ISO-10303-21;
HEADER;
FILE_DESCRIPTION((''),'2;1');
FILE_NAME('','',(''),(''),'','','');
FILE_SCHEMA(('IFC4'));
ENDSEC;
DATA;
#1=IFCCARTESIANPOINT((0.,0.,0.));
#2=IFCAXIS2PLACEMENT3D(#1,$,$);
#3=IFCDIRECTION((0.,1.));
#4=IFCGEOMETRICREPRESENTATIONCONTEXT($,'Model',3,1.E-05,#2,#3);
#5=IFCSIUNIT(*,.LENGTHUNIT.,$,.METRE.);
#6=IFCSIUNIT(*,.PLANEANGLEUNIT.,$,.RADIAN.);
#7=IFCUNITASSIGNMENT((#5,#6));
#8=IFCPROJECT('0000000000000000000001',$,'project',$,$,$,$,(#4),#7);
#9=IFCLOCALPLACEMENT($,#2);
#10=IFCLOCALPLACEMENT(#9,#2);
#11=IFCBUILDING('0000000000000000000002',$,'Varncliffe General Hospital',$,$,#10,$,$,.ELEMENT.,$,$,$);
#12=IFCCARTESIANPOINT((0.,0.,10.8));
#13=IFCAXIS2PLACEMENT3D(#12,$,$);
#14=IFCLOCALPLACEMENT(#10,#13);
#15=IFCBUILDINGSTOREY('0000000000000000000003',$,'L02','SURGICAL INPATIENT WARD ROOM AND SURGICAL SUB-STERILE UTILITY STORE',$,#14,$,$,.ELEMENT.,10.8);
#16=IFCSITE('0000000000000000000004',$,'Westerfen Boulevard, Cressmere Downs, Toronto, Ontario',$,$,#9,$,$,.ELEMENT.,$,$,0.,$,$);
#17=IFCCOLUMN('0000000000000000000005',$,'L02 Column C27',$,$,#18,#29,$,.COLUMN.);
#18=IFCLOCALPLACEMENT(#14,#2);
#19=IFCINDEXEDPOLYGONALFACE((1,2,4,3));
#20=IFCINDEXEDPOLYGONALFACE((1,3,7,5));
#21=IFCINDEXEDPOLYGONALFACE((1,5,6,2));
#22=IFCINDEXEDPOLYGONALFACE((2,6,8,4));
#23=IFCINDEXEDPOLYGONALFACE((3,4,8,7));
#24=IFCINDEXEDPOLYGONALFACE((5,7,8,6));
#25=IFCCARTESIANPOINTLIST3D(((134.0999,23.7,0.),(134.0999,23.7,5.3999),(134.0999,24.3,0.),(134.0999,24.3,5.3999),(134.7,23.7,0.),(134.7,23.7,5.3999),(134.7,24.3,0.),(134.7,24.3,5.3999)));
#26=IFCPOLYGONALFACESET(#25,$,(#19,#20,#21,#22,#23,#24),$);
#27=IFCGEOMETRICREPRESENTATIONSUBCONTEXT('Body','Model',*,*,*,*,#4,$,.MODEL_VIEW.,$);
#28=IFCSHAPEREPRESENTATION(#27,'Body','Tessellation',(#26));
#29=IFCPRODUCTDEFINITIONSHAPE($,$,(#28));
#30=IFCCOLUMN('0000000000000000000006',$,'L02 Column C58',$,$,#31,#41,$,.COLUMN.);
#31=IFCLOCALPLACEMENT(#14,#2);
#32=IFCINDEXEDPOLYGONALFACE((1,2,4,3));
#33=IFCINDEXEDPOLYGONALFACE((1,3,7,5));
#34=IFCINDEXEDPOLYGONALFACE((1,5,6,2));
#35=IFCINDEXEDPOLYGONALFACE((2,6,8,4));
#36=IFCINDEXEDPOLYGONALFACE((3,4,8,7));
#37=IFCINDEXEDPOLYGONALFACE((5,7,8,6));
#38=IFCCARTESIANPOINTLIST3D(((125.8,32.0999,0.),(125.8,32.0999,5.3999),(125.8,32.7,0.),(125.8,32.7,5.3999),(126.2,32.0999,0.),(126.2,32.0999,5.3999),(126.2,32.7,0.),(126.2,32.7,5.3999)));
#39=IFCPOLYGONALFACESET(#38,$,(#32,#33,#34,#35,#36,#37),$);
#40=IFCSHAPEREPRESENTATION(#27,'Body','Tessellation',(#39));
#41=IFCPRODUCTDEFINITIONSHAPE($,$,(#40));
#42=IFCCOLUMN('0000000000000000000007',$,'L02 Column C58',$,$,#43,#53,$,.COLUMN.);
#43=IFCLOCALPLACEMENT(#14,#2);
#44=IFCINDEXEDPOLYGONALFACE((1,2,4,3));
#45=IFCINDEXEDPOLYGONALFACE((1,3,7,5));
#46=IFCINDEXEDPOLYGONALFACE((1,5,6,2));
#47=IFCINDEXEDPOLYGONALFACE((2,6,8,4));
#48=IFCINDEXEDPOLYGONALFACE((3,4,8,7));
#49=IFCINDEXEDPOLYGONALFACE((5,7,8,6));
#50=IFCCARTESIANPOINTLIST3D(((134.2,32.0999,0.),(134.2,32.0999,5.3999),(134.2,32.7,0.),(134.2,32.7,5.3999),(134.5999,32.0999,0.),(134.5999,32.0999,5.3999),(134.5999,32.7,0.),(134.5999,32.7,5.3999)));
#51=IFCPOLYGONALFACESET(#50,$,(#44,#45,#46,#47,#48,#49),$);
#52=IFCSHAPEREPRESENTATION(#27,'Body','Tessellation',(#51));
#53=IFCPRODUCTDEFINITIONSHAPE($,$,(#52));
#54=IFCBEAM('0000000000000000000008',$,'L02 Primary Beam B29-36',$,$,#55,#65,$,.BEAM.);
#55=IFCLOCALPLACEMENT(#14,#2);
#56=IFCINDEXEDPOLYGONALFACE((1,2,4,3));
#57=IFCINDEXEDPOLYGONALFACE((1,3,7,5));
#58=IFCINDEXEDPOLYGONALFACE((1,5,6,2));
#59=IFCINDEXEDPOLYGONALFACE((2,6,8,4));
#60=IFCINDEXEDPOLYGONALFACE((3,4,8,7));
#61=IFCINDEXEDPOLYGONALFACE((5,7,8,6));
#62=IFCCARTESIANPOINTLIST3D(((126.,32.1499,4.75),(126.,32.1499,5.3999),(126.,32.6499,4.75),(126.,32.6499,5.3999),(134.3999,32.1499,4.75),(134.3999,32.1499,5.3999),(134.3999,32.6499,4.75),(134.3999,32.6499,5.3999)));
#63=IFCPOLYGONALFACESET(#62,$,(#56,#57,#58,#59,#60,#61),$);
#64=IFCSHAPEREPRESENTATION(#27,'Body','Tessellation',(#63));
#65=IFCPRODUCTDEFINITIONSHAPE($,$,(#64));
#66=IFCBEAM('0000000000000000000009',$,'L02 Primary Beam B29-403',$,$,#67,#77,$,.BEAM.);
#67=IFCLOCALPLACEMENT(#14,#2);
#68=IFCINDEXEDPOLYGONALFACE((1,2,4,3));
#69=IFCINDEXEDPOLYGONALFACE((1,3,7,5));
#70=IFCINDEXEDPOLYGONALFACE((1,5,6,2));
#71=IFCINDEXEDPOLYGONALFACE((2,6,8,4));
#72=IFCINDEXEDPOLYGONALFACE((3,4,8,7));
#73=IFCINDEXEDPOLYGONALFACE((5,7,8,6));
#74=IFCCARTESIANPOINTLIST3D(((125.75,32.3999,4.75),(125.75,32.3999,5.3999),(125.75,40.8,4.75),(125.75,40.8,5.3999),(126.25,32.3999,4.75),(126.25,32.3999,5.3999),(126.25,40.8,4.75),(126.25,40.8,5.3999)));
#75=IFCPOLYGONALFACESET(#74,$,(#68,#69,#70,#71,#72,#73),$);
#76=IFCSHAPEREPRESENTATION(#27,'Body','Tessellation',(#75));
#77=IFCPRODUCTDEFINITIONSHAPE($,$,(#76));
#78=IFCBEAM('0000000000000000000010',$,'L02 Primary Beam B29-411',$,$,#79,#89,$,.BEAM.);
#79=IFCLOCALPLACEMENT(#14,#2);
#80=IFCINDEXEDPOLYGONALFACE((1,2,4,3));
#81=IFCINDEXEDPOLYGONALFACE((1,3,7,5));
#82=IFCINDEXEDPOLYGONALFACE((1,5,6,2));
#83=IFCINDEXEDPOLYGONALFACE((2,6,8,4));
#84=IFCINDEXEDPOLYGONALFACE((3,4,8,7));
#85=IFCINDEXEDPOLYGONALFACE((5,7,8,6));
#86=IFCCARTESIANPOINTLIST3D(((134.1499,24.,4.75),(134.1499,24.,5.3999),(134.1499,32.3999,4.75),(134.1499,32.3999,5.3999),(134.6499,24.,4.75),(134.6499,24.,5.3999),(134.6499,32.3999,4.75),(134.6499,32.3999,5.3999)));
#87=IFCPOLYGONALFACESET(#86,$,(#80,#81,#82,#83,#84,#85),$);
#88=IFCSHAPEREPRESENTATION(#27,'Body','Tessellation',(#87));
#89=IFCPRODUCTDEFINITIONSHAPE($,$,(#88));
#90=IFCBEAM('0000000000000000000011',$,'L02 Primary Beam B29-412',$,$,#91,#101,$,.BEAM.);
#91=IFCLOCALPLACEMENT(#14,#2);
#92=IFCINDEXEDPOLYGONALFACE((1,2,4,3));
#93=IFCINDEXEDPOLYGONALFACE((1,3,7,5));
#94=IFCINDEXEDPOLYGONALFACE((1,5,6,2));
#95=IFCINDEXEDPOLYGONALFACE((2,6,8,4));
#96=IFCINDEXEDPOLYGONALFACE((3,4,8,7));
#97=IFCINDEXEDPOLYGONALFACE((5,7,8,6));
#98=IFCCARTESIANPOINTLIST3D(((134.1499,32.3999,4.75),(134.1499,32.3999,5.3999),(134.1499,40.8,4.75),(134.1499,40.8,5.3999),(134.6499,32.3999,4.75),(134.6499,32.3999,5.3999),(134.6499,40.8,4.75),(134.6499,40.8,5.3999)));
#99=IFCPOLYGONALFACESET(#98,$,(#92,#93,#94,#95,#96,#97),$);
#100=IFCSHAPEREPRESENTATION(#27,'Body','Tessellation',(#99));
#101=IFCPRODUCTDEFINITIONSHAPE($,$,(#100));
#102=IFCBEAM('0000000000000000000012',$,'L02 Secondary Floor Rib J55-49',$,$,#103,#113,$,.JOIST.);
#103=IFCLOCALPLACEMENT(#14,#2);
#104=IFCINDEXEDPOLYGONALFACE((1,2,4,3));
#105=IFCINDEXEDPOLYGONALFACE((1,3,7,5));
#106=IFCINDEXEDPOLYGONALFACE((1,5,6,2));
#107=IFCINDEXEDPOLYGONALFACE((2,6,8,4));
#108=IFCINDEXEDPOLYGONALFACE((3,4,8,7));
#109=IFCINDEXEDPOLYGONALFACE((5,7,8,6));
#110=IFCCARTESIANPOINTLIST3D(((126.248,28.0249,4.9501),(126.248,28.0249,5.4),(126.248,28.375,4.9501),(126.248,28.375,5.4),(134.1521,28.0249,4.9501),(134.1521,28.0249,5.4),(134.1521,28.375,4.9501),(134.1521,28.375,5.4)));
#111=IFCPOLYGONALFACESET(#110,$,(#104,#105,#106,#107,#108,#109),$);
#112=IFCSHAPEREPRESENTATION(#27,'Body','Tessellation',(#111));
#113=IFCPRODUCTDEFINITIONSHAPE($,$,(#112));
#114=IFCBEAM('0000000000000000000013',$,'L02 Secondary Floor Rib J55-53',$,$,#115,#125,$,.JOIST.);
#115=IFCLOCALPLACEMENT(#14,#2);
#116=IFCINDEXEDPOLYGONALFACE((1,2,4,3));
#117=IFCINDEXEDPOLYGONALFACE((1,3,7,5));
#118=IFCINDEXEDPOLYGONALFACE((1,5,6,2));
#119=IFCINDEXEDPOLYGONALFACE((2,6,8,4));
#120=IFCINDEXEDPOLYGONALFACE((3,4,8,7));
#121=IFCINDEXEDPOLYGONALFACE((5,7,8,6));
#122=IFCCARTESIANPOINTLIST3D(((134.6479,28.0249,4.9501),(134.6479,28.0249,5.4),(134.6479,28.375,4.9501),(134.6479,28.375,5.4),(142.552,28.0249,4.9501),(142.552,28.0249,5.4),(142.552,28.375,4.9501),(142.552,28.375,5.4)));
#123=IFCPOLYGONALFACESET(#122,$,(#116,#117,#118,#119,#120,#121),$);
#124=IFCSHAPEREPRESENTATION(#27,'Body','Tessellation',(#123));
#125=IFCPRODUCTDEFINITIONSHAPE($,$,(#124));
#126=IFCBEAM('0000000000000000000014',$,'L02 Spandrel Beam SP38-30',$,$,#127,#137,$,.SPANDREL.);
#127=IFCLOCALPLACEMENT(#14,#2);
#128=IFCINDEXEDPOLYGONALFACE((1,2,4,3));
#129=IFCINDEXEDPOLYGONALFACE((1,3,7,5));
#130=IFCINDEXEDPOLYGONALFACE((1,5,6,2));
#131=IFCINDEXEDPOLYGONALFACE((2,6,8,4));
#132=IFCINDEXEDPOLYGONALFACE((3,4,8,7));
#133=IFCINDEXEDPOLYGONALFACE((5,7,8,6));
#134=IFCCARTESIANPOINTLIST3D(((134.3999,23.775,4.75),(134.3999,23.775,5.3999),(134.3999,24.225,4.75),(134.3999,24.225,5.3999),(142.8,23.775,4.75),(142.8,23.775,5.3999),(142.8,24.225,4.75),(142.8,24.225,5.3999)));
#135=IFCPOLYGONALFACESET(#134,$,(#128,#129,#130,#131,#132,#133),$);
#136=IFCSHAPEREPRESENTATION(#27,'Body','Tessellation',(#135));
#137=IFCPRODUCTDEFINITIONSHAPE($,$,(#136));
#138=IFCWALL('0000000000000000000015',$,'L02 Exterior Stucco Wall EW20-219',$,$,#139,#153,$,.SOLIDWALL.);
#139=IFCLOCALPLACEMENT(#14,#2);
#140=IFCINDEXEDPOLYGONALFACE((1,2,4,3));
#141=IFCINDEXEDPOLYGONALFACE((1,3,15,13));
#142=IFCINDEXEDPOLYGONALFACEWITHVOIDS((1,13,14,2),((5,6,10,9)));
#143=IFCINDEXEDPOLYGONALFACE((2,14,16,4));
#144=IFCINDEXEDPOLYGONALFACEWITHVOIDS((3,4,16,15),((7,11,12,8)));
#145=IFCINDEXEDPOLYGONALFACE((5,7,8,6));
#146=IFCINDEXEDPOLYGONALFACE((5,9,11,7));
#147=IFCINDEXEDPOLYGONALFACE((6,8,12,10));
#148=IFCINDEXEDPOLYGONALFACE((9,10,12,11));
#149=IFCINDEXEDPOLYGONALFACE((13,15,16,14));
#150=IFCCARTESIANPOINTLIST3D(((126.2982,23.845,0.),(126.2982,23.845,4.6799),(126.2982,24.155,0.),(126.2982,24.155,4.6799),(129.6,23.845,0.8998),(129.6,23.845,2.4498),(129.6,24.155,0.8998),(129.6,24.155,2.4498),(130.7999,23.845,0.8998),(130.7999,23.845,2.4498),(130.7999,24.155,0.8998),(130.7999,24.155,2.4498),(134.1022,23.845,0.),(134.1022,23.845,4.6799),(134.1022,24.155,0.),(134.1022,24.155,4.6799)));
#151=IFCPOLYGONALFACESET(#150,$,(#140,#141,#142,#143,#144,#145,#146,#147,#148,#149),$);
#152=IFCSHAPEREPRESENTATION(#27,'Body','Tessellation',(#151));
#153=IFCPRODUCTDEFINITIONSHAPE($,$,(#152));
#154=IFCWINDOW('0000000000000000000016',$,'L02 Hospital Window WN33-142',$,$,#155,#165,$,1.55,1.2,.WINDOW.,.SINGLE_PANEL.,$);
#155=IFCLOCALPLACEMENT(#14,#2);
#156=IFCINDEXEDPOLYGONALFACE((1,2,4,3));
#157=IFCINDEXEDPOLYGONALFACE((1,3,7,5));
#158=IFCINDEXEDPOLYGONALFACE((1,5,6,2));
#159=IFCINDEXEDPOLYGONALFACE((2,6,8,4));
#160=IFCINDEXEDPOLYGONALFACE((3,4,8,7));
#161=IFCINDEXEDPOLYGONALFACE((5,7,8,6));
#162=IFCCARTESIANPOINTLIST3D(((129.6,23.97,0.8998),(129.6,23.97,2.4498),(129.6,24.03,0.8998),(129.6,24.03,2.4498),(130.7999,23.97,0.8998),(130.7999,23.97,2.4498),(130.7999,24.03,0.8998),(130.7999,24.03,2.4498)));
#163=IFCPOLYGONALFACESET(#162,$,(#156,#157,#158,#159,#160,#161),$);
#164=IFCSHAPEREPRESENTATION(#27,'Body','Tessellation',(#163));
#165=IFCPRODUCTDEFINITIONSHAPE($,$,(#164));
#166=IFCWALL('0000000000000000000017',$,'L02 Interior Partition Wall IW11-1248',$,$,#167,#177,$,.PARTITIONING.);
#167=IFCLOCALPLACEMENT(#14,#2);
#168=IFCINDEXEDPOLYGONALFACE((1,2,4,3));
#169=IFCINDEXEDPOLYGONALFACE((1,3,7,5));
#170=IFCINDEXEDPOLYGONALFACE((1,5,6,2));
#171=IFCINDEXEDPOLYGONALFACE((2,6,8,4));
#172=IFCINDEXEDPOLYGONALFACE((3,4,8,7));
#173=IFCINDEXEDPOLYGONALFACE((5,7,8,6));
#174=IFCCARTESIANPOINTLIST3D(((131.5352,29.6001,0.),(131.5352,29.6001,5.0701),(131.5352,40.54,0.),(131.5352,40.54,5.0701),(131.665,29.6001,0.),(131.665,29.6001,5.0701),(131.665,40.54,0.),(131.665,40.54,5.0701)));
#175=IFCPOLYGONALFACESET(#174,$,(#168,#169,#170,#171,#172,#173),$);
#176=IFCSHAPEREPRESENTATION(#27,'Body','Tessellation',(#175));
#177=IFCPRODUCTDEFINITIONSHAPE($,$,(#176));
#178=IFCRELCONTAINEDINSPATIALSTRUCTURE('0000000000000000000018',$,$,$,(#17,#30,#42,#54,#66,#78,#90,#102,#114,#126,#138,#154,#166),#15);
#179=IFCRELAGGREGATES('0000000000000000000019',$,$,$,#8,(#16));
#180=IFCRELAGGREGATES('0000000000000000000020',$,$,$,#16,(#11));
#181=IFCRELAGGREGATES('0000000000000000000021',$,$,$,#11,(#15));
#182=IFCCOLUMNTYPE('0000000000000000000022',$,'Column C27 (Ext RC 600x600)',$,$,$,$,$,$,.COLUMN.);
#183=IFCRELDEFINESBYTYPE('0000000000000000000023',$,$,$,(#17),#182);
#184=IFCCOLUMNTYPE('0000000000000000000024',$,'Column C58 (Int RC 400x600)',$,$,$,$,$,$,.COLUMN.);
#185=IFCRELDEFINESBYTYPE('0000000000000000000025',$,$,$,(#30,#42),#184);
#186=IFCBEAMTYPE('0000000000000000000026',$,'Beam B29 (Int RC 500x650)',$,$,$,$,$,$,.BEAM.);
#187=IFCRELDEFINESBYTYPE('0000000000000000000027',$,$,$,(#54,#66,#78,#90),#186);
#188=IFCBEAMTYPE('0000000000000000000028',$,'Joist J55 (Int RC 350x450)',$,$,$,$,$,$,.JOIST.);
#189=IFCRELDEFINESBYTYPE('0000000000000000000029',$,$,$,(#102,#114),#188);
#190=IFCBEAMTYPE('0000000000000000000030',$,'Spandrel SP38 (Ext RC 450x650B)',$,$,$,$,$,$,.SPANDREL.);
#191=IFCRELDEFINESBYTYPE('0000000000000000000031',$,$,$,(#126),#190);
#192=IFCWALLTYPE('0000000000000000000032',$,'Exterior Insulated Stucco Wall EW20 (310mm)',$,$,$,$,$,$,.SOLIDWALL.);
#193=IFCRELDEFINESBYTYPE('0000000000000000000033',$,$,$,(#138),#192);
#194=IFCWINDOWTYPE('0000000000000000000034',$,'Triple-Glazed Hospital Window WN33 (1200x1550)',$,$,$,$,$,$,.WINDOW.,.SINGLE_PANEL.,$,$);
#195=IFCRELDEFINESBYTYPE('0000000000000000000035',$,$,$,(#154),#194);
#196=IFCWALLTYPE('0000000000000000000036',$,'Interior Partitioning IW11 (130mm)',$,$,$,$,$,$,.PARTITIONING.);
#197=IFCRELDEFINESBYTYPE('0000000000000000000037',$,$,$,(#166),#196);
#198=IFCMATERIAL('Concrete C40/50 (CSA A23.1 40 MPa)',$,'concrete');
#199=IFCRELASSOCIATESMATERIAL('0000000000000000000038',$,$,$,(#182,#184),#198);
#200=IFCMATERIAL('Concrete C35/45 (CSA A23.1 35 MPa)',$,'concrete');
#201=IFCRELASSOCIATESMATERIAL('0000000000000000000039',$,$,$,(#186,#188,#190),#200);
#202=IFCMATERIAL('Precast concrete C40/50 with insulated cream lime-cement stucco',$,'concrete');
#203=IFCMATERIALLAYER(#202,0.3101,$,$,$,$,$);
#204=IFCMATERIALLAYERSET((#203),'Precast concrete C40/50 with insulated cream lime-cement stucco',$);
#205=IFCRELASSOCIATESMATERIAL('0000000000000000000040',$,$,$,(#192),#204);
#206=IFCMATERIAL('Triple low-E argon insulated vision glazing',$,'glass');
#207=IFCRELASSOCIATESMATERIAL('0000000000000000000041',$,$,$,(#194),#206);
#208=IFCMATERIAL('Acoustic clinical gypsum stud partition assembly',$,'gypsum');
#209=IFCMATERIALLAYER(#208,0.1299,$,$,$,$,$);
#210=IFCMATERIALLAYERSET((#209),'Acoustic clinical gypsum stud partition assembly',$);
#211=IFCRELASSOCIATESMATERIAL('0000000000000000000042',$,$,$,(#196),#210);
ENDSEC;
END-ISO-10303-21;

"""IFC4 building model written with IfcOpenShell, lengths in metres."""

from ifc_helpers import new_model, si_unit, direction, frame, frame_2d, origin, origin_2d, place, context, subcontext, project, spatial, rectangle, extrude, material, layer, layer_set, material_profile, profile_set, type_object, element, fill, save


model = new_model("IFC4")

# Units and contexts
model_context = context("Model", 3, precision=1e-05, world=origin(), true_north=direction((0.0, 1.0)))
body_context = subcontext(model_context, "Body", "Model", "MODEL_VIEW")
ifc_project = project(units=[si_unit("LENGTHUNIT", "METRE"), si_unit("PLANEANGLEUNIT", "RADIAN")], contexts=[model_context])

# Site, building, storey
site_placement = place(None, origin())
site = spatial("IfcSite", under=ifc_project, at=site_placement, Name="Westerfen Boulevard, Cressmere Downs, Toronto, Ontario", CompositionType="ELEMENT", RefElevation=0.0)
building_placement = place(site_placement, origin())
building = spatial("IfcBuilding", under=site, at=building_placement, Name="Varncliffe General Hospital", CompositionType="ELEMENT")
storey_placement = place(building_placement, frame((0.0, 0.0, 10.8)))
storey = spatial("IfcBuildingStorey", under=building, at=storey_placement, Name="L02", Description="SURGICAL INPATIENT WARD ROOM AND SURGICAL SUB-STERILE UTILITY STORE", CompositionType="ELEMENT", Elevation=10.8)

# Columns
ifc_material_1 = material(Name="Concrete C40/50 (CSA A23.1 40 MPa)", Category="concrete")
ifc_material_profile_1 = material_profile(ifc_material_1, rectangle(XDim=0.6001, YDim=0.6001, at=origin_2d()), Name="RC 600x600")
ifc_profile_set_1 = profile_set([ifc_material_profile_1], Name="Concrete C40/50 (CSA A23.1 40 MPa)")
column_type_1 = type_object("IfcColumnType", Name="Column C27 (Ext RC 600x600)", PredefinedType="COLUMN", material=ifc_profile_set_1)
column_placement = place(storey_placement, frame((134.3999, 24.0, 0.0), z_axis=(0.0, 0.0, 1.0), x_axis=(1.0, 0.0, 0.0)))
element("IfcColumn", 1, at=column_placement, inside=storey, type_object=column_type_1, Name="L02 Column C27", PredefinedType="COLUMN", context=body_context, shape_type="SweptSolid", body=[
    extrude(rectangle(XDim=0.6001, YDim=0.6001, at=origin_2d()), origin(), (0.0, 0.0, 1.0), 5.3999),
])
ifc_material_profile_2 = material_profile(ifc_material_1, rectangle(XDim=0.3999, YDim=0.6001, at=origin_2d()), Name="RC 400x600")
ifc_profile_set_2 = profile_set([ifc_material_profile_2], Name="Concrete C40/50 (CSA A23.1 40 MPa)")
column_type_2 = type_object("IfcColumnType", Name="Column C58 (Int RC 400x600)", PredefinedType="COLUMN", material=ifc_profile_set_2)
for number, where, z_axis, x_axis, name in (
    (2, (126.0, 32.3999, 0.0), (0.0, 0.0, 1.0), (1.0, 0.0, 0.0), "L02 Column C58"),
    (3, (134.3999, 32.3999, 0.0), (0.0, 0.0, 1.0), (1.0, 0.0, 0.0), "L02 Column C58"),
):
    element("IfcColumn", number, at=place(storey_placement, frame(where, z_axis=z_axis, x_axis=x_axis)), inside=storey, type_object=column_type_2, Name=name, PredefinedType="COLUMN", context=body_context, shape_type="SweptSolid", body=[
        extrude(rectangle(XDim=0.3999, YDim=0.6001, at=origin_2d()), origin(), (0.0, 0.0, 1.0), 5.3999),
    ])

# Beams
ifc_material_2 = material(Name="Concrete C35/45 (CSA A23.1 35 MPa)", Category="concrete")
ifc_material_profile_3 = material_profile(ifc_material_2, rectangle(XDim=0.5, YDim=0.6499, at=origin_2d()), Name="RC 500x650")
ifc_profile_set_3 = profile_set([ifc_material_profile_3], Name="Concrete C35/45 (CSA A23.1 35 MPa)")
beam_type_1 = type_object("IfcBeamType", Name="Beam B29 (Int RC 500x650)", PredefinedType="BEAM", material=ifc_profile_set_3)
beam_1_placement = place(storey_placement, frame((126.0, 32.3999, 5.075), z_axis=(1.0, 0.0, 0.0), x_axis=(0.0, 1.0, 0.0)))
element("IfcBeam", 4, at=beam_1_placement, inside=storey, type_object=beam_type_1, Name="L02 Primary Beam B29-36", PredefinedType="BEAM", context=body_context, shape_type="SweptSolid", body=[
    extrude(rectangle(XDim=0.5, YDim=0.6499, at=origin_2d()), origin(), (0.0, 0.0, 1.0), 8.3999),
])
beam_2_placement = place(storey_placement, frame((126.0, 32.3999, 5.075), z_axis=(0.0, 1.0, 0.0), x_axis=(-1.0, 0.0, 0.0)))
element("IfcBeam", 5, at=beam_2_placement, inside=storey, type_object=beam_type_1, Name="L02 Primary Beam B29-403", PredefinedType="BEAM", context=body_context, shape_type="SweptSolid", body=[
    extrude(rectangle(XDim=0.5, YDim=0.6499, at=origin_2d()), origin(), (0.0, 0.0, 1.0), 8.4001),
])
beam_3_placement = place(storey_placement, frame((134.3999, 24.0, 5.075), z_axis=(0.0, 1.0, 0.0), x_axis=(-1.0, 0.0, 0.0)))
element("IfcBeam", 6, at=beam_3_placement, inside=storey, type_object=beam_type_1, Name="L02 Primary Beam B29-411", PredefinedType="BEAM", context=body_context, shape_type="SweptSolid", body=[
    extrude(rectangle(XDim=0.5, YDim=0.6499, at=origin_2d()), origin(), (0.0, 0.0, 1.0), 8.3999),
])
beam_4_placement = place(storey_placement, frame((134.3999, 32.3999, 5.075), z_axis=(0.0, 1.0, 0.0), x_axis=(-1.0, 0.0, 0.0)))
element("IfcBeam", 7, at=beam_4_placement, inside=storey, type_object=beam_type_1, Name="L02 Primary Beam B29-412", PredefinedType="BEAM", context=body_context, shape_type="SweptSolid", body=[
    extrude(rectangle(XDim=0.5, YDim=0.6499, at=origin_2d()), origin(), (0.0, 0.0, 1.0), 8.4001),
])
ifc_material_profile_4 = material_profile(ifc_material_2, rectangle(XDim=0.3501, YDim=0.45, at=origin_2d()), Name="RC 350x450")
ifc_profile_set_4 = profile_set([ifc_material_profile_4], Name="Concrete C35/45 (CSA A23.1 35 MPa)")
beam_type_2 = type_object("IfcBeamType", Name="Joist J55 (Int RC 350x450)", PredefinedType="JOIST", material=ifc_profile_set_4)
for number, where, z_axis, x_axis, name in (
    (8, (126.248, 28.2, 5.175), (1.0, 0.0, 0.0), (0.0, 1.0, 0.0), "L02 Secondary Floor Rib J55-49"),
    (9, (134.6479, 28.2, 5.175), (1.0, 0.0, 0.0), (0.0, 1.0, 0.0), "L02 Secondary Floor Rib J55-53"),
):
    element("IfcBeam", number, at=place(storey_placement, frame(where, z_axis=z_axis, x_axis=x_axis)), inside=storey, type_object=beam_type_2, Name=name, PredefinedType="JOIST", context=body_context, shape_type="SweptSolid", body=[
        extrude(rectangle(XDim=0.3501, YDim=0.45, at=origin_2d()), origin(), (0.0, 0.0, 1.0), 7.9041),
    ])
ifc_material_profile_5 = material_profile(ifc_material_2, rectangle(XDim=0.45, YDim=0.6499, at=origin_2d()), Name="RC 450x650")
ifc_profile_set_5 = profile_set([ifc_material_profile_5], Name="Concrete C35/45 (CSA A23.1 35 MPa)")
beam_type_3 = type_object("IfcBeamType", Name="Spandrel SP38 (Ext RC 450x650B)", PredefinedType="SPANDREL", material=ifc_profile_set_5)
beam_5_placement = place(storey_placement, frame((134.3999, 24.0, 5.075), z_axis=(1.0, 0.0, 0.0), x_axis=(0.0, 1.0, 0.0)))
element("IfcBeam", 10, at=beam_5_placement, inside=storey, type_object=beam_type_3, Name="L02 Spandrel Beam SP38-30", PredefinedType="SPANDREL", context=body_context, shape_type="SweptSolid", body=[
    extrude(rectangle(XDim=0.45, YDim=0.6499, at=origin_2d()), origin(), (0.0, 0.0, 1.0), 8.4001),
])

# Wall, opening, window
ifc_material_3 = material(Name="Precast concrete C40/50 with insulated cream lime-cement stucco", Category="concrete")
ifc_layer_1 = layer(ifc_material_3, 0.3101)
ifc_layer_set_1 = layer_set([ifc_layer_1], Name="Precast concrete C40/50 with insulated cream lime-cement stucco")
wall_type_1 = type_object("IfcWallType", Name="Exterior Insulated Stucco Wall EW20 (310mm)", PredefinedType="SOLIDWALL", material=ifc_layer_set_1)
wall_1_placement = place(storey_placement, frame((134.1021, 24.0, 0.0), z_axis=(0.0, 0.0, 1.0), x_axis=(-1.0, 0.0, 0.0)))
wall_1 = element("IfcWall", 11, at=wall_1_placement, inside=storey, type_object=wall_type_1, Name="L02 Exterior Stucco Wall EW20-219", PredefinedType="SOLIDWALL", context=body_context, shape_type="SweptSolid", body=[
    extrude(rectangle(XDim=7.804, YDim=0.3101, at=frame_2d((3.9019, 0.0))), origin(), (0.0, 0.0, 1.0), 4.6799),
])
opening_1_placement = place(wall_1_placement, frame((3.302, 0.0, 0.8999)))
opening_1 = element("IfcOpeningElement", 12, at=opening_1_placement, cuts=wall_1, PredefinedType="OPENING", context=body_context, shape_type="SweptSolid", body=[
    extrude(rectangle(XDim=1.2, YDim=1.55, at=frame_2d((0.6001, 0.7749))), frame((0.0, 0.165, 0.0), z_axis=(0.0, -1.0, 0.0), x_axis=(1.0, 0.0, 0.0)), (0.0, 0.0, 1.0), 0.3301),
])
ifc_material_4 = material(Name="Triple low-E argon insulated vision glazing", Category="glass")
window_type = type_object("IfcWindowType", Name="Triple-Glazed Hospital Window WN33 (1200x1550)", PartitioningType="SINGLE_PANEL", PredefinedType="WINDOW", material=ifc_material_4)
window_placement = place(opening_1_placement, origin())
window = element("IfcWindow", 13, at=window_placement, inside=storey, type_object=window_type, Name="L02 Hospital Window WN33-142", OverallHeight=1.55, OverallWidth=1.2, PartitioningType="SINGLE_PANEL", PredefinedType="WINDOW", context=body_context, shape_type="SweptSolid", body=[
    extrude(rectangle(XDim=1.2, YDim=1.55, at=frame_2d((0.6001, 0.7749))), frame((0.0, 0.03, 0.0), z_axis=(0.0, -1.0, 0.0), x_axis=(1.0, 0.0, 0.0)), (0.0, 0.0, 1.0), 0.0601),
])
fill(opening_1, window)

# Wall
ifc_material_5 = material(Name="Acoustic clinical gypsum stud partition assembly", Category="gypsum")
ifc_layer_2 = layer(ifc_material_5, 0.1299)
ifc_layer_set_2 = layer_set([ifc_layer_2], Name="Acoustic clinical gypsum stud partition assembly")
wall_type_2 = type_object("IfcWallType", Name="Interior Partitioning IW11 (130mm)", PredefinedType="PARTITIONING", material=ifc_layer_set_2)
wall_2_placement = place(storey_placement, frame((131.6001, 29.6001, 0.0), z_axis=(0.0, 0.0, 1.0), x_axis=(0.0, 1.0, 0.0)))
element("IfcWall", 14, at=wall_2_placement, inside=storey, type_object=wall_type_2, Name="L02 Interior Partition Wall IW11-1248", PredefinedType="PARTITIONING", context=body_context, shape_type="SweptSolid", body=[
    extrude(rectangle(XDim=10.9399, YDim=0.1299, at=frame_2d((5.47, 0.0))), origin(), (0.0, 0.0, 1.0), 5.0701),
])

save(model, "model.ifc")
